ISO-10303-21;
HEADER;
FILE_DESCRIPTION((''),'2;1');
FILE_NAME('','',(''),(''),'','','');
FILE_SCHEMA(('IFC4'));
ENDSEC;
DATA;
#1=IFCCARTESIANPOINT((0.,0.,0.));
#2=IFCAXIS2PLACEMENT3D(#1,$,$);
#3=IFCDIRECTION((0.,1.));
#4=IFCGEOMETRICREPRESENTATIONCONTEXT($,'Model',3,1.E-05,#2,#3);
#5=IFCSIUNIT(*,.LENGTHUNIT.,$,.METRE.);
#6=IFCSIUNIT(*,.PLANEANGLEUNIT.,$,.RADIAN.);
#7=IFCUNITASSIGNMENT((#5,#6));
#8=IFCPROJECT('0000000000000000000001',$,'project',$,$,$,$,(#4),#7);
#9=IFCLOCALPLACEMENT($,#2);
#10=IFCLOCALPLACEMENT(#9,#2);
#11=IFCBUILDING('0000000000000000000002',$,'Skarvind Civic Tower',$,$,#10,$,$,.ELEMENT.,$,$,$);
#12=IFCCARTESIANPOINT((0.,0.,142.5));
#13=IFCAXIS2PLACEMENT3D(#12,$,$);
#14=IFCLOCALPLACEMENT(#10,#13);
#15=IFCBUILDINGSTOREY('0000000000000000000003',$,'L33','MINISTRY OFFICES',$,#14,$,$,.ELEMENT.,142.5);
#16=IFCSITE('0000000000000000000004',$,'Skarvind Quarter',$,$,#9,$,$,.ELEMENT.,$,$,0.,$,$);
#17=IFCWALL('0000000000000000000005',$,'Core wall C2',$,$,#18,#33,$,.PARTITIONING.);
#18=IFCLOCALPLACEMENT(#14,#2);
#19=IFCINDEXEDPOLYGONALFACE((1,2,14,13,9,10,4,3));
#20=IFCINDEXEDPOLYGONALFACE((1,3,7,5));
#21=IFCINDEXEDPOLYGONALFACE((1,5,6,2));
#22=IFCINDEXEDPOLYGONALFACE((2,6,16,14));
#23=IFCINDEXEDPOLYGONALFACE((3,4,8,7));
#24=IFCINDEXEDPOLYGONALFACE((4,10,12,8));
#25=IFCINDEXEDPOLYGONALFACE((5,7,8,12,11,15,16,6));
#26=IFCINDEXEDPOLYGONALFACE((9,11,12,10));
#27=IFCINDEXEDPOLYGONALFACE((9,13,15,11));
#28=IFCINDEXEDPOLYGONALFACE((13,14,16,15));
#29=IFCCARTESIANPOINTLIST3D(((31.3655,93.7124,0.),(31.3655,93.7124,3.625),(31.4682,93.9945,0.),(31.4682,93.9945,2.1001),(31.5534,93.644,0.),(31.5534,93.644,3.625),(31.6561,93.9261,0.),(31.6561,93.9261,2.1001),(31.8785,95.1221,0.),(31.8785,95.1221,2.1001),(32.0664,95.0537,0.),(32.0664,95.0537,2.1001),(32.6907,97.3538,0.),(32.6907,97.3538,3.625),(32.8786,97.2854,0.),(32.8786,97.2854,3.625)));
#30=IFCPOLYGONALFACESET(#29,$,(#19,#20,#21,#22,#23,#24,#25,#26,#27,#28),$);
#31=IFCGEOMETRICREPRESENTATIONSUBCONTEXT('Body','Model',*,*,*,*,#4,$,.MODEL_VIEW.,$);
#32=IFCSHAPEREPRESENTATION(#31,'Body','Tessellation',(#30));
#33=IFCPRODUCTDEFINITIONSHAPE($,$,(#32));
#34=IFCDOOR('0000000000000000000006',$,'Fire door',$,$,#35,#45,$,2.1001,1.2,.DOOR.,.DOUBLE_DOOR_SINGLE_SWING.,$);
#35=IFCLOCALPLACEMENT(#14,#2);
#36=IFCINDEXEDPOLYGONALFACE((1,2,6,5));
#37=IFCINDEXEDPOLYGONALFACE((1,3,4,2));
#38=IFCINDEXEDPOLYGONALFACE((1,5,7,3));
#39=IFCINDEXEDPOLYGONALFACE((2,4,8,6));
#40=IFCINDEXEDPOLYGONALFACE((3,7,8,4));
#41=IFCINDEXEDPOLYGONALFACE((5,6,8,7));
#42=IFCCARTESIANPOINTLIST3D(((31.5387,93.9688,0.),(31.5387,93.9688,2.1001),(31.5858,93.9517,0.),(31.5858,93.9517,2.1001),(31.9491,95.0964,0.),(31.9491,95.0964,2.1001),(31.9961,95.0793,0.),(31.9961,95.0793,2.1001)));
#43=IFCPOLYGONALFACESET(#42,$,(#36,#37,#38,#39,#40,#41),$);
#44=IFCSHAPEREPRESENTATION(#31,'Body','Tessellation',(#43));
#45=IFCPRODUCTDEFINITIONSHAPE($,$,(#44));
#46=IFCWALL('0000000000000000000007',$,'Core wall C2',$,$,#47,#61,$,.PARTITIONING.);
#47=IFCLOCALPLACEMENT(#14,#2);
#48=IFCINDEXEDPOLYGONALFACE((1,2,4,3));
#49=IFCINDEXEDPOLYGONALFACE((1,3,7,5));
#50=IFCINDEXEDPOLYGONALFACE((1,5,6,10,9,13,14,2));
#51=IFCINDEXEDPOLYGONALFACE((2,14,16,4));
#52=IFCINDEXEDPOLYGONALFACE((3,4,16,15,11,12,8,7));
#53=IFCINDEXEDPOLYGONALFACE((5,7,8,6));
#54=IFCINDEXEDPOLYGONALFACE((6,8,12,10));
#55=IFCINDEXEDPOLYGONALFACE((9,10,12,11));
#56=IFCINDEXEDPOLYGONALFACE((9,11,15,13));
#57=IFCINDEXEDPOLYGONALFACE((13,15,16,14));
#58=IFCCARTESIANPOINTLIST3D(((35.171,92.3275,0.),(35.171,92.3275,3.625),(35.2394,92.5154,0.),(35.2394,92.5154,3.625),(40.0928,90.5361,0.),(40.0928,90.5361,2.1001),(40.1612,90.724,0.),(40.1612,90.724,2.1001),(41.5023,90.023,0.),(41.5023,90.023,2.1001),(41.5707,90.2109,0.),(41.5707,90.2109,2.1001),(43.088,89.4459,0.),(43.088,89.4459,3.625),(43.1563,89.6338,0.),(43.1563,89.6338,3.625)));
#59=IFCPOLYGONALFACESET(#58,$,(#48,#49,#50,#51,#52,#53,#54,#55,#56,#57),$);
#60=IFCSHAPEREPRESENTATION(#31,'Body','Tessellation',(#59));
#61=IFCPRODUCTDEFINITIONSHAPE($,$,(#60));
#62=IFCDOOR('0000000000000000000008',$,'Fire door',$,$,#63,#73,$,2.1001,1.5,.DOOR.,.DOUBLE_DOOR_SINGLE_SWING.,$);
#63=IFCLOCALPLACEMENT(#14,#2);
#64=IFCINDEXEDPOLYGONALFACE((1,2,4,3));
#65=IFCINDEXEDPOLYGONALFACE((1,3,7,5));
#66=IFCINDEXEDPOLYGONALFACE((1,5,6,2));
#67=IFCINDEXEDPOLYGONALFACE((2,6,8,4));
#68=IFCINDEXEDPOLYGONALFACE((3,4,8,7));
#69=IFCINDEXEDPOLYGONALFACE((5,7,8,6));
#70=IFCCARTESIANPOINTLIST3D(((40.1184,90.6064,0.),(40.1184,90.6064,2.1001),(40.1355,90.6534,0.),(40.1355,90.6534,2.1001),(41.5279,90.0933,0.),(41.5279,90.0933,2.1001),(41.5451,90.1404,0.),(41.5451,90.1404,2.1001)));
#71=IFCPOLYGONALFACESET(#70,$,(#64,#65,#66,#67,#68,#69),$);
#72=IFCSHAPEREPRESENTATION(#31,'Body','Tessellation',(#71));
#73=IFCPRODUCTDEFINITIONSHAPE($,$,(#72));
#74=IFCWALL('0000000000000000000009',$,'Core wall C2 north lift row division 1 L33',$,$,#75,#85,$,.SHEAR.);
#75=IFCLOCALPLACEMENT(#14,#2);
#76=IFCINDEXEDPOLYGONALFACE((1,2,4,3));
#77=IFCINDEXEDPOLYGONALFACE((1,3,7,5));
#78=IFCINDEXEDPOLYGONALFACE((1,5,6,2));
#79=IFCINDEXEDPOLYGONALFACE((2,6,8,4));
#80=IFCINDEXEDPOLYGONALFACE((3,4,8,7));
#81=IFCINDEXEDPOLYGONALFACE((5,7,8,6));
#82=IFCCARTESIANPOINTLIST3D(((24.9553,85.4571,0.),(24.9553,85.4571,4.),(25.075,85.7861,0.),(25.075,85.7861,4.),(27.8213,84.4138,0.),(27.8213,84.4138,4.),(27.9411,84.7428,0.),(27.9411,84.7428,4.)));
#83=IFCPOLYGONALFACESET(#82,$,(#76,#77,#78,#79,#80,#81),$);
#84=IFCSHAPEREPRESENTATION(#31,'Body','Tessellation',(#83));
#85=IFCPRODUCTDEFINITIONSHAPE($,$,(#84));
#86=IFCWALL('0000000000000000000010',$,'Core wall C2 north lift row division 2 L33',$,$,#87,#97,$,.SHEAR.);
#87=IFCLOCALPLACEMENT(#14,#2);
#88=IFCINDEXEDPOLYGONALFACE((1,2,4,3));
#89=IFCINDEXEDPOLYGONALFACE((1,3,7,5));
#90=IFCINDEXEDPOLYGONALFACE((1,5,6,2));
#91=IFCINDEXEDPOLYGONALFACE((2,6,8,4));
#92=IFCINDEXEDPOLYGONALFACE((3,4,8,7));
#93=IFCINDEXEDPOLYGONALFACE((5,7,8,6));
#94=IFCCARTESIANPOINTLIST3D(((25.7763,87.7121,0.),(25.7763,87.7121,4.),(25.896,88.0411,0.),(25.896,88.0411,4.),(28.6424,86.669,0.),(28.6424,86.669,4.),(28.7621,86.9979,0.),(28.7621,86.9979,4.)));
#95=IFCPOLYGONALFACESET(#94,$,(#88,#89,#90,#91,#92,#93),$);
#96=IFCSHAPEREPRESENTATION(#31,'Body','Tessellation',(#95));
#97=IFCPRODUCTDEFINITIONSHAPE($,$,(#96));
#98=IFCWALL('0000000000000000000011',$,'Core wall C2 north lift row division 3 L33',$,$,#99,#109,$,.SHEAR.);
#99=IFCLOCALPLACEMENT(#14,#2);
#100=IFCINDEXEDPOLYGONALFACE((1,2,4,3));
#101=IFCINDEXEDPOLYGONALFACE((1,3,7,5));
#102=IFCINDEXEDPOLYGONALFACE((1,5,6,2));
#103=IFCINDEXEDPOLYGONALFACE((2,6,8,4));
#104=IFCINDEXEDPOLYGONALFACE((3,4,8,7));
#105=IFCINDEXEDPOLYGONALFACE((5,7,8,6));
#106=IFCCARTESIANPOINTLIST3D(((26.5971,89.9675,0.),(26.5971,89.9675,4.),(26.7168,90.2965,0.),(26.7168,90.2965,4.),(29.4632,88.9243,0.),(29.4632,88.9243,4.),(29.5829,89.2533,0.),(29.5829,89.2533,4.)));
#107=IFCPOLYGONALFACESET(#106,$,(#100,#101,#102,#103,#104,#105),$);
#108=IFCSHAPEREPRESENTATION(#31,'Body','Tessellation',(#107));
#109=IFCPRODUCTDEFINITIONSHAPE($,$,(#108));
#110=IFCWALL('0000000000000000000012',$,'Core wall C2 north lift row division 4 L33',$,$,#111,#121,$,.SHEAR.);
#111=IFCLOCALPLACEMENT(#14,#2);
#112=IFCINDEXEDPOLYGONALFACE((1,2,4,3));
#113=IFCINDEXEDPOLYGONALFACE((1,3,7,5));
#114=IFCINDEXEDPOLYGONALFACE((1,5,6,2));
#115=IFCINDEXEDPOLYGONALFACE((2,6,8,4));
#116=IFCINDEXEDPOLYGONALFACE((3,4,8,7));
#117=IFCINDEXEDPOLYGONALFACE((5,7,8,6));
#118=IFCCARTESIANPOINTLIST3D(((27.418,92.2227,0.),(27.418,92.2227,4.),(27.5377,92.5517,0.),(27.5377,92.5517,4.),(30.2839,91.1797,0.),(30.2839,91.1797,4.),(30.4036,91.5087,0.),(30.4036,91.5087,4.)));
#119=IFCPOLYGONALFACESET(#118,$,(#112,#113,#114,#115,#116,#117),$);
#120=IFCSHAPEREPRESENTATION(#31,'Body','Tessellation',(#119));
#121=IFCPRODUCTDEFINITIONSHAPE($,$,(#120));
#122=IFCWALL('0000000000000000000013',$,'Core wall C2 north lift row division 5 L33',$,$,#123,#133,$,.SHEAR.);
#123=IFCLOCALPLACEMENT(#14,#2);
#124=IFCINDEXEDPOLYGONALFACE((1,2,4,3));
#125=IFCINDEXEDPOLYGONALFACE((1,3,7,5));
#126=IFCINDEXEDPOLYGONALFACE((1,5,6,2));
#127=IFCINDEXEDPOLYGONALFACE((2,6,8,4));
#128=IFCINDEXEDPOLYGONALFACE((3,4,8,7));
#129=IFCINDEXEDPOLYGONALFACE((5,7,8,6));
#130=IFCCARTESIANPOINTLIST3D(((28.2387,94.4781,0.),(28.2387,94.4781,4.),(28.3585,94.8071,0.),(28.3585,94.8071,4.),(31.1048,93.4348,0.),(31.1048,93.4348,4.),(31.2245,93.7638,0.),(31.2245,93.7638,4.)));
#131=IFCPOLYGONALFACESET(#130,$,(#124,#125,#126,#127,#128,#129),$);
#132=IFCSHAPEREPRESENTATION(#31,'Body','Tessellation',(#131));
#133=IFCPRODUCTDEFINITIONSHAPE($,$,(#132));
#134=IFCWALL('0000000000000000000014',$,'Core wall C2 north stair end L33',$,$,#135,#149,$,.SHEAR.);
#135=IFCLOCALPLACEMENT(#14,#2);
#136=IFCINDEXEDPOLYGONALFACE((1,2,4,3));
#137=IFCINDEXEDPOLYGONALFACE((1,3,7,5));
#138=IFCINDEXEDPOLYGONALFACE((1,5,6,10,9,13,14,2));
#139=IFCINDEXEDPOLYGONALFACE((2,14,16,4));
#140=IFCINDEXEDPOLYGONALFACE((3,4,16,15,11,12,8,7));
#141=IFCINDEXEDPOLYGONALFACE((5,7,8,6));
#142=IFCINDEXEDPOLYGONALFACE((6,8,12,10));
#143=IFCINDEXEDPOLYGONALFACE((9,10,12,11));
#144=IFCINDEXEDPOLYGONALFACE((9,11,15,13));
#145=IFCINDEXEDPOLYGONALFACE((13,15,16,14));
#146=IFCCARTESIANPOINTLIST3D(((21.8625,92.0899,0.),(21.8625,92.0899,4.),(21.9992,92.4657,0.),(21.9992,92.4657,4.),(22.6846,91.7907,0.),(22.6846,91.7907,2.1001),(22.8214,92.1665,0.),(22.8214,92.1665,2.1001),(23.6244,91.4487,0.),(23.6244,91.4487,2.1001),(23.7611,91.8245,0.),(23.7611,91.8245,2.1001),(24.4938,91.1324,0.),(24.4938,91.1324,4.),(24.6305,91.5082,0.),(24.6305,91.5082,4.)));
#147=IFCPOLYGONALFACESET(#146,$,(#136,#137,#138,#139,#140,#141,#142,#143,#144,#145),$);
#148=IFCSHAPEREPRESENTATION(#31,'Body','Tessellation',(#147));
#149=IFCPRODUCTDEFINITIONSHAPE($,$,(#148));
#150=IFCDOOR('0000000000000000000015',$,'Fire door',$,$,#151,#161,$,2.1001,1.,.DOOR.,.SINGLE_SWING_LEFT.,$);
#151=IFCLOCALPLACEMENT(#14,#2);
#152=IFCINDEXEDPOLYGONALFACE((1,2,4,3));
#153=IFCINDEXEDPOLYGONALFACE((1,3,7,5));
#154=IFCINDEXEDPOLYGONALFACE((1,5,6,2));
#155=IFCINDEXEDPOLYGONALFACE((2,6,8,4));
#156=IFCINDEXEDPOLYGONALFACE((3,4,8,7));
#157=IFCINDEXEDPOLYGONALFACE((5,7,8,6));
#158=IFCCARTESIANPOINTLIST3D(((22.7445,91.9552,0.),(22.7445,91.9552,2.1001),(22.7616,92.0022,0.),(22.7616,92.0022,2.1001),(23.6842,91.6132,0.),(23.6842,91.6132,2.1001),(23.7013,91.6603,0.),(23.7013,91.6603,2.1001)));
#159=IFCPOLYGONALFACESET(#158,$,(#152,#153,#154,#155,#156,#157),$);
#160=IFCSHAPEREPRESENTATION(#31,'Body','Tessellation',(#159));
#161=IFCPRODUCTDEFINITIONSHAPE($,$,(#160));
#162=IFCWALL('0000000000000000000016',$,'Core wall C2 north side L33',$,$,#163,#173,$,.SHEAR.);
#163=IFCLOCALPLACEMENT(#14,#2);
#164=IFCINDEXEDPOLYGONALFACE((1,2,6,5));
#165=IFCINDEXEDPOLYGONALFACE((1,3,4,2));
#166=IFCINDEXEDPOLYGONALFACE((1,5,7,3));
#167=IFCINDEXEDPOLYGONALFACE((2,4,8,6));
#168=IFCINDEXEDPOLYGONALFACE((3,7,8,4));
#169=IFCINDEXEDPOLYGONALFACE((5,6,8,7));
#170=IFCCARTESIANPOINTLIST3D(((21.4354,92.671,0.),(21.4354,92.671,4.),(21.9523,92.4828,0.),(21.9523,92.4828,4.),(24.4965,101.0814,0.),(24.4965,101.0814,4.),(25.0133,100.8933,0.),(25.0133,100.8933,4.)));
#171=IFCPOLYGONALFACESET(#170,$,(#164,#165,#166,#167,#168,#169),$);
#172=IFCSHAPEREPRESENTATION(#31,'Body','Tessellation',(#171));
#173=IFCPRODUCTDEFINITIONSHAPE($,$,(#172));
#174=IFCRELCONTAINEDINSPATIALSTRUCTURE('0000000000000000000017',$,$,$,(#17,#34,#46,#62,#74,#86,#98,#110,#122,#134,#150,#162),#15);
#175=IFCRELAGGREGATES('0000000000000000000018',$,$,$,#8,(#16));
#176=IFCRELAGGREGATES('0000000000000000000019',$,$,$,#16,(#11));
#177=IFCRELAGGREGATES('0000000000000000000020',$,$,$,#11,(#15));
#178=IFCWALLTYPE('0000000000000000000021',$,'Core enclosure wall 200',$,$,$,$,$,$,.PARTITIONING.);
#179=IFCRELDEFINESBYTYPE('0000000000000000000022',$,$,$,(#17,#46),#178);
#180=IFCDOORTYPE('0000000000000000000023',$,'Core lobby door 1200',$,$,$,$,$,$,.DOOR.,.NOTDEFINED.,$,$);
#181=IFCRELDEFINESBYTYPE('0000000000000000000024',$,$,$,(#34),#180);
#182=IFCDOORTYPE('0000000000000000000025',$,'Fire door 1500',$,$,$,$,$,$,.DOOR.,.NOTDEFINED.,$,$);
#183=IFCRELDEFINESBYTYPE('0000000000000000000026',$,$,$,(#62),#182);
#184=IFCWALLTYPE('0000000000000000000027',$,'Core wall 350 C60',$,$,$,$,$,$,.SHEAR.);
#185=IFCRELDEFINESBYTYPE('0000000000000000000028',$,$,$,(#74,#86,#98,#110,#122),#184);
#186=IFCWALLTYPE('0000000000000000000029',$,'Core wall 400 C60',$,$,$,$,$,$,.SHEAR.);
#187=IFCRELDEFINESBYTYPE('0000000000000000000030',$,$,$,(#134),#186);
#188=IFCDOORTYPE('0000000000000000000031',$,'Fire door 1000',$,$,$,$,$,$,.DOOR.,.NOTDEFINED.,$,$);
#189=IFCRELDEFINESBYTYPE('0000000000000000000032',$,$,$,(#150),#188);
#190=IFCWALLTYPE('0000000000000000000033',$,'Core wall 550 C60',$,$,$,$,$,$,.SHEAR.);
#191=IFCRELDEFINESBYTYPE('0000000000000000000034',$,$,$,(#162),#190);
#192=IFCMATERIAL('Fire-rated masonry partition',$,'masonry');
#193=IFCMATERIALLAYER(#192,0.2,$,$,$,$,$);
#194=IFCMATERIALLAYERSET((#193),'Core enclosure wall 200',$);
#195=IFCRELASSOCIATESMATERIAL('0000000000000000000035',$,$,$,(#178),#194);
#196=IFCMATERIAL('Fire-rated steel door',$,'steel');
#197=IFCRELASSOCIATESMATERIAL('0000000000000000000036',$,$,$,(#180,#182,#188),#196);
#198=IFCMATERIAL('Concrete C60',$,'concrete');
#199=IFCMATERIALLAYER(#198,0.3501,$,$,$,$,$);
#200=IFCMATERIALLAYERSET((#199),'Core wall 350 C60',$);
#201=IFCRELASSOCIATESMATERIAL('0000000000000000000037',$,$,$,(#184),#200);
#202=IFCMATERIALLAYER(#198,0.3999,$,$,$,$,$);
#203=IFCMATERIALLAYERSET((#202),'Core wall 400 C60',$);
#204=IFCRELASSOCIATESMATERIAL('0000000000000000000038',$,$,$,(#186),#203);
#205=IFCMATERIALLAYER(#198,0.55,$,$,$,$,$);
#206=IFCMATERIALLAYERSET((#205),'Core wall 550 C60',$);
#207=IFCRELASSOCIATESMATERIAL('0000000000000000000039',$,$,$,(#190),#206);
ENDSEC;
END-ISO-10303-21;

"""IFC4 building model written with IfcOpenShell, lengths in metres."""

from ifc_helpers import new_model, si_unit, direction, frame, frame_2d, origin, place, context, subcontext, project, spatial, rectangle, extrude, material, layer, layer_set, type_object, element, fill, save


model = new_model("IFC4")

# Units and contexts
model_context = context("Model", 3, precision=1e-05, world=origin(), true_north=direction((0.0, 1.0)))
body_context = subcontext(model_context, "Body", "Model", "MODEL_VIEW")
ifc_project = project(units=[si_unit("LENGTHUNIT", "METRE"), si_unit("PLANEANGLEUNIT", "RADIAN")], contexts=[model_context])

# Site, building, storey
site_placement = place(None, origin())
site = spatial("IfcSite", under=ifc_project, at=site_placement, Name="Skarvind Quarter", CompositionType="ELEMENT", RefElevation=0.0)
building_placement = place(site_placement, origin())
building = spatial("IfcBuilding", under=site, at=building_placement, Name="Skarvind Civic Tower", CompositionType="ELEMENT")
storey_placement = place(building_placement, frame((0.0, 0.0, 142.5)))
storey = spatial("IfcBuildingStorey", under=building, at=storey_placement, Name="L33", Description="MINISTRY OFFICES", CompositionType="ELEMENT", Elevation=142.5)

# Walls, openings, doors
ifc_material_1 = material(Name="Fire-rated masonry partition", Category="masonry")
ifc_layer_1 = layer(ifc_material_1, 0.2)
ifc_layer_set_1 = layer_set([ifc_layer_1], Name="Core enclosure wall 200")
wall_type_1 = type_object("IfcWallType", Name="Core enclosure wall 200", PredefinedType="PARTITIONING", material=ifc_layer_set_1)
wall_1_placement = place(storey_placement, frame((31.4595, 93.6782, 0.0), z_axis=(0.0, 0.0, 1.0), x_axis=(0.341986, 0.939705, 0.0)))
wall_1 = element("IfcWall", 1, at=wall_1_placement, inside=storey, type_object=wall_type_1, Name="Core wall C2", PredefinedType="PARTITIONING", context=body_context, shape_type="SweptSolid", body=[
    extrude(rectangle(XDim=3.875, YDim=0.2, at=frame_2d((1.9375, 0.0))), origin(), (0.0, 0.0, 1.0), 3.625),
])
opening_1_placement = place(wall_1_placement, frame((0.3, 0.0, 0.0)))
opening_1 = element("IfcOpeningElement", 2, at=opening_1_placement, cuts=wall_1, PredefinedType="OPENING", context=body_context, shape_type="SweptSolid", body=[
    extrude(rectangle(XDim=1.2, YDim=2.1001, at=frame_2d((0.6001, 1.05))), frame((0.0, 0.1099, 0.0), z_axis=(0.0, -1.0, 0.0), x_axis=(1.0, 0.0, 0.0)), (0.0, 0.0, 1.0), 0.22),
])
ifc_material_2 = material(Name="Fire-rated steel door", Category="steel")
door_type_1 = type_object("IfcDoorType", Name="Core lobby door 1200", OperationType="NOTDEFINED", PredefinedType="DOOR", material=ifc_material_2)
door_1_placement = place(opening_1_placement, origin())
door_1 = element("IfcDoor", 3, at=door_1_placement, inside=storey, type_object=door_type_1, Name="Fire door", OperationType="DOUBLE_DOOR_SINGLE_SWING", OverallHeight=2.1001, OverallWidth=1.2, PredefinedType="DOOR", context=body_context, shape_type="SweptSolid", body=[
    extrude(rectangle(XDim=1.2, YDim=2.1001, at=frame_2d((0.6001, 1.05))), frame((0.0, 0.0249, 0.0), z_axis=(0.0, -1.0, 0.0), x_axis=(1.0, 0.0, 0.0)), (0.0, 0.0, 1.0), 0.05),
])
fill(opening_1, door_1)
wall_2_placement = place(storey_placement, frame((35.2053, 92.4214, 0.0), z_axis=(0.0, 0.0, 1.0), x_axis=(0.939691, -0.342025, 0.0)))
wall_2 = element("IfcWall", 4, at=wall_2_placement, inside=storey, type_object=wall_type_1, Name="Core wall C2", PredefinedType="PARTITIONING", context=body_context, shape_type="SweptSolid", body=[
    extrude(rectangle(XDim=8.425, YDim=0.2, at=frame_2d((4.2124, 0.0))), origin(), (0.0, 0.0, 1.0), 3.625),
])
opening_2_placement = place(wall_2_placement, frame((5.2375, 0.0, 0.0)))
opening_2 = element("IfcOpeningElement", 5, at=opening_2_placement, cuts=wall_2, PredefinedType="OPENING", context=body_context, shape_type="SweptSolid", body=[
    extrude(rectangle(XDim=1.5, YDim=2.1001, at=frame_2d((0.75, 1.05))), frame((0.0, 0.1099, 0.0), z_axis=(0.0, -1.0, 0.0), x_axis=(1.0, 0.0, 0.0)), (0.0, 0.0, 1.0), 0.22),
])
door_type_2 = type_object("IfcDoorType", Name="Fire door 1500", OperationType="NOTDEFINED", PredefinedType="DOOR", material=ifc_material_2)
door_2_placement = place(opening_2_placement, origin())
door_2 = element("IfcDoor", 6, at=door_2_placement, inside=storey, type_object=door_type_2, Name="Fire door", OperationType="DOUBLE_DOOR_SINGLE_SWING", OverallHeight=2.1001, OverallWidth=1.5, PredefinedType="DOOR", context=body_context, shape_type="SweptSolid", body=[
    extrude(rectangle(XDim=1.5, YDim=2.1001, at=frame_2d((0.75, 1.05))), frame((0.0, 0.0249, 0.0), z_axis=(0.0, -1.0, 0.0), x_axis=(1.0, 0.0, 0.0)), (0.0, 0.0, 1.0), 0.05),
])
fill(opening_2, door_2)

# Walls
ifc_material_3 = material(Name="Concrete C60", Category="concrete")
ifc_layer_2 = layer(ifc_material_3, 0.3501)
ifc_layer_set_2 = layer_set([ifc_layer_2], Name="Core wall 350 C60")
wall_type_2 = type_object("IfcWallType", Name="Core wall 350 C60", PredefinedType="SHEAR", material=ifc_layer_set_2)
for number, where, z_axis, x_axis, name in (
    (7, (27.8811, 84.5784, 0.0), (0.0, 0.0, 1.0), (-0.939684, 0.342045, 0.0), "Core wall C2 north lift row division 1 L33"),
    (8, (28.7021, 86.8335, 0.0), (0.0, 0.0, 1.0), (-0.939693, 0.342019, 0.0), "Core wall C2 north lift row division 2 L33"),
    (9, (29.5229, 89.0889, 0.0), (0.0, 0.0, 1.0), (-0.939693, 0.342019, 0.0), "Core wall C2 north lift row division 3 L33"),
):
    element("IfcWall", number, at=place(storey_placement, frame(where, z_axis=z_axis, x_axis=x_axis)), inside=storey, type_object=wall_type_2, Name=name, PredefinedType="SHEAR", context=body_context, shape_type="SweptSolid", body=[
        extrude(rectangle(XDim=3.05, YDim=0.3501, at=frame_2d((1.5249, 0.0))), origin(), (0.0, 0.0, 1.0), 4.0),
    ])
wall_3_placement = place(storey_placement, frame((30.3438, 91.3442, 0.0), z_axis=(0.0, 0.0, 1.0), x_axis=(-0.939709, 0.341974, 0.0)))
element("IfcWall", 10, at=wall_3_placement, inside=storey, type_object=wall_type_2, Name="Core wall C2 north lift row division 4 L33", PredefinedType="SHEAR", context=body_context, shape_type="SweptSolid", body=[
    extrude(rectangle(XDim=3.0498, YDim=0.3501, at=frame_2d((1.5249, 0.0))), origin(), (0.0, 0.0, 1.0), 4.0),
])
wall_4_placement = place(storey_placement, frame((31.1646, 93.5994, 0.0), z_axis=(0.0, 0.0, 1.0), x_axis=(-0.939684, 0.342045, 0.0)))
element("IfcWall", 11, at=wall_4_placement, inside=storey, type_object=wall_type_2, Name="Core wall C2 north lift row division 5 L33", PredefinedType="SHEAR", context=body_context, shape_type="SweptSolid", body=[
    extrude(rectangle(XDim=3.05, YDim=0.3501, at=frame_2d((1.5249, 0.0))), origin(), (0.0, 0.0, 1.0), 4.0),
])

# Wall, opening, door
ifc_layer_3 = layer(ifc_material_3, 0.3999)
ifc_layer_set_3 = layer_set([ifc_layer_3], Name="Core wall 400 C60")
wall_type_3 = type_object("IfcWallType", Name="Core wall 400 C60", PredefinedType="SHEAR", material=ifc_layer_set_3)
wall_5_placement = place(storey_placement, frame((24.562, 91.3203, 0.0), z_axis=(0.0, 0.0, 1.0), x_axis=(-0.939717, 0.341953, 0.0)))
wall_5 = element("IfcWall", 12, at=wall_5_placement, inside=storey, type_object=wall_type_3, Name="Core wall C2 north stair end L33", PredefinedType="SHEAR", context=body_context, shape_type="SweptSolid", body=[
    extrude(rectangle(XDim=2.8, YDim=0.3999, at=frame_2d((1.3999, 0.0))), origin(), (0.0, 0.0, 1.0), 4.0),
])
opening_3_placement = place(wall_5_placement, frame((0.925, 0.0, 0.0)))
opening_3 = element("IfcOpeningElement", 13, at=opening_3_placement, cuts=wall_5, PredefinedType="OPENING", context=body_context, shape_type="SweptSolid", body=[
    extrude(rectangle(XDim=1.0, YDim=2.1001, at=frame_2d((0.5, 1.05))), frame((0.0, 0.21, 0.0), z_axis=(0.0, -1.0, 0.0), x_axis=(1.0, 0.0, 0.0)), (0.0, 0.0, 1.0), 0.4199),
])
door_type_3 = type_object("IfcDoorType", Name="Fire door 1000", OperationType="NOTDEFINED", PredefinedType="DOOR", material=ifc_material_2)
door_3_placement = place(opening_3_placement, origin())
door_3 = element("IfcDoor", 14, at=door_3_placement, inside=storey, type_object=door_type_3, Name="Fire door", OperationType="SINGLE_SWING_LEFT", OverallHeight=2.1001, OverallWidth=1.0, PredefinedType="DOOR", context=body_context, shape_type="SweptSolid", body=[
    extrude(rectangle(XDim=1.0, YDim=2.1001, at=frame_2d((0.5, 1.05))), frame((0.0, 0.0249, 0.0), z_axis=(0.0, -1.0, 0.0), x_axis=(1.0, 0.0, 0.0)), (0.0, 0.0, 1.0), 0.05),
])
fill(opening_3, door_3)

# Wall
ifc_layer_4 = layer(ifc_material_3, 0.55)
ifc_layer_set_4 = layer_set([ifc_layer_4], Name="Core wall 550 C60")
wall_type_4 = type_object("IfcWallType", Name="Core wall 550 C60", PredefinedType="SHEAR", material=ifc_layer_set_4)
wall_6_placement = place(storey_placement, frame((21.6938, 92.5769, 0.0), z_axis=(0.0, 0.0, 1.0), x_axis=(0.34201, 0.939696, 0.0)))
element("IfcWall", 15, at=wall_6_placement, inside=storey, type_object=wall_type_4, Name="Core wall C2 north side L33", PredefinedType="SHEAR", context=body_context, shape_type="SweptSolid", body=[
    extrude(rectangle(XDim=8.9502, YDim=0.55, at=frame_2d((4.4751, 0.0))), origin(), (0.0, 0.0, 1.0), 4.0),
])

save(model, "model.ifc")
